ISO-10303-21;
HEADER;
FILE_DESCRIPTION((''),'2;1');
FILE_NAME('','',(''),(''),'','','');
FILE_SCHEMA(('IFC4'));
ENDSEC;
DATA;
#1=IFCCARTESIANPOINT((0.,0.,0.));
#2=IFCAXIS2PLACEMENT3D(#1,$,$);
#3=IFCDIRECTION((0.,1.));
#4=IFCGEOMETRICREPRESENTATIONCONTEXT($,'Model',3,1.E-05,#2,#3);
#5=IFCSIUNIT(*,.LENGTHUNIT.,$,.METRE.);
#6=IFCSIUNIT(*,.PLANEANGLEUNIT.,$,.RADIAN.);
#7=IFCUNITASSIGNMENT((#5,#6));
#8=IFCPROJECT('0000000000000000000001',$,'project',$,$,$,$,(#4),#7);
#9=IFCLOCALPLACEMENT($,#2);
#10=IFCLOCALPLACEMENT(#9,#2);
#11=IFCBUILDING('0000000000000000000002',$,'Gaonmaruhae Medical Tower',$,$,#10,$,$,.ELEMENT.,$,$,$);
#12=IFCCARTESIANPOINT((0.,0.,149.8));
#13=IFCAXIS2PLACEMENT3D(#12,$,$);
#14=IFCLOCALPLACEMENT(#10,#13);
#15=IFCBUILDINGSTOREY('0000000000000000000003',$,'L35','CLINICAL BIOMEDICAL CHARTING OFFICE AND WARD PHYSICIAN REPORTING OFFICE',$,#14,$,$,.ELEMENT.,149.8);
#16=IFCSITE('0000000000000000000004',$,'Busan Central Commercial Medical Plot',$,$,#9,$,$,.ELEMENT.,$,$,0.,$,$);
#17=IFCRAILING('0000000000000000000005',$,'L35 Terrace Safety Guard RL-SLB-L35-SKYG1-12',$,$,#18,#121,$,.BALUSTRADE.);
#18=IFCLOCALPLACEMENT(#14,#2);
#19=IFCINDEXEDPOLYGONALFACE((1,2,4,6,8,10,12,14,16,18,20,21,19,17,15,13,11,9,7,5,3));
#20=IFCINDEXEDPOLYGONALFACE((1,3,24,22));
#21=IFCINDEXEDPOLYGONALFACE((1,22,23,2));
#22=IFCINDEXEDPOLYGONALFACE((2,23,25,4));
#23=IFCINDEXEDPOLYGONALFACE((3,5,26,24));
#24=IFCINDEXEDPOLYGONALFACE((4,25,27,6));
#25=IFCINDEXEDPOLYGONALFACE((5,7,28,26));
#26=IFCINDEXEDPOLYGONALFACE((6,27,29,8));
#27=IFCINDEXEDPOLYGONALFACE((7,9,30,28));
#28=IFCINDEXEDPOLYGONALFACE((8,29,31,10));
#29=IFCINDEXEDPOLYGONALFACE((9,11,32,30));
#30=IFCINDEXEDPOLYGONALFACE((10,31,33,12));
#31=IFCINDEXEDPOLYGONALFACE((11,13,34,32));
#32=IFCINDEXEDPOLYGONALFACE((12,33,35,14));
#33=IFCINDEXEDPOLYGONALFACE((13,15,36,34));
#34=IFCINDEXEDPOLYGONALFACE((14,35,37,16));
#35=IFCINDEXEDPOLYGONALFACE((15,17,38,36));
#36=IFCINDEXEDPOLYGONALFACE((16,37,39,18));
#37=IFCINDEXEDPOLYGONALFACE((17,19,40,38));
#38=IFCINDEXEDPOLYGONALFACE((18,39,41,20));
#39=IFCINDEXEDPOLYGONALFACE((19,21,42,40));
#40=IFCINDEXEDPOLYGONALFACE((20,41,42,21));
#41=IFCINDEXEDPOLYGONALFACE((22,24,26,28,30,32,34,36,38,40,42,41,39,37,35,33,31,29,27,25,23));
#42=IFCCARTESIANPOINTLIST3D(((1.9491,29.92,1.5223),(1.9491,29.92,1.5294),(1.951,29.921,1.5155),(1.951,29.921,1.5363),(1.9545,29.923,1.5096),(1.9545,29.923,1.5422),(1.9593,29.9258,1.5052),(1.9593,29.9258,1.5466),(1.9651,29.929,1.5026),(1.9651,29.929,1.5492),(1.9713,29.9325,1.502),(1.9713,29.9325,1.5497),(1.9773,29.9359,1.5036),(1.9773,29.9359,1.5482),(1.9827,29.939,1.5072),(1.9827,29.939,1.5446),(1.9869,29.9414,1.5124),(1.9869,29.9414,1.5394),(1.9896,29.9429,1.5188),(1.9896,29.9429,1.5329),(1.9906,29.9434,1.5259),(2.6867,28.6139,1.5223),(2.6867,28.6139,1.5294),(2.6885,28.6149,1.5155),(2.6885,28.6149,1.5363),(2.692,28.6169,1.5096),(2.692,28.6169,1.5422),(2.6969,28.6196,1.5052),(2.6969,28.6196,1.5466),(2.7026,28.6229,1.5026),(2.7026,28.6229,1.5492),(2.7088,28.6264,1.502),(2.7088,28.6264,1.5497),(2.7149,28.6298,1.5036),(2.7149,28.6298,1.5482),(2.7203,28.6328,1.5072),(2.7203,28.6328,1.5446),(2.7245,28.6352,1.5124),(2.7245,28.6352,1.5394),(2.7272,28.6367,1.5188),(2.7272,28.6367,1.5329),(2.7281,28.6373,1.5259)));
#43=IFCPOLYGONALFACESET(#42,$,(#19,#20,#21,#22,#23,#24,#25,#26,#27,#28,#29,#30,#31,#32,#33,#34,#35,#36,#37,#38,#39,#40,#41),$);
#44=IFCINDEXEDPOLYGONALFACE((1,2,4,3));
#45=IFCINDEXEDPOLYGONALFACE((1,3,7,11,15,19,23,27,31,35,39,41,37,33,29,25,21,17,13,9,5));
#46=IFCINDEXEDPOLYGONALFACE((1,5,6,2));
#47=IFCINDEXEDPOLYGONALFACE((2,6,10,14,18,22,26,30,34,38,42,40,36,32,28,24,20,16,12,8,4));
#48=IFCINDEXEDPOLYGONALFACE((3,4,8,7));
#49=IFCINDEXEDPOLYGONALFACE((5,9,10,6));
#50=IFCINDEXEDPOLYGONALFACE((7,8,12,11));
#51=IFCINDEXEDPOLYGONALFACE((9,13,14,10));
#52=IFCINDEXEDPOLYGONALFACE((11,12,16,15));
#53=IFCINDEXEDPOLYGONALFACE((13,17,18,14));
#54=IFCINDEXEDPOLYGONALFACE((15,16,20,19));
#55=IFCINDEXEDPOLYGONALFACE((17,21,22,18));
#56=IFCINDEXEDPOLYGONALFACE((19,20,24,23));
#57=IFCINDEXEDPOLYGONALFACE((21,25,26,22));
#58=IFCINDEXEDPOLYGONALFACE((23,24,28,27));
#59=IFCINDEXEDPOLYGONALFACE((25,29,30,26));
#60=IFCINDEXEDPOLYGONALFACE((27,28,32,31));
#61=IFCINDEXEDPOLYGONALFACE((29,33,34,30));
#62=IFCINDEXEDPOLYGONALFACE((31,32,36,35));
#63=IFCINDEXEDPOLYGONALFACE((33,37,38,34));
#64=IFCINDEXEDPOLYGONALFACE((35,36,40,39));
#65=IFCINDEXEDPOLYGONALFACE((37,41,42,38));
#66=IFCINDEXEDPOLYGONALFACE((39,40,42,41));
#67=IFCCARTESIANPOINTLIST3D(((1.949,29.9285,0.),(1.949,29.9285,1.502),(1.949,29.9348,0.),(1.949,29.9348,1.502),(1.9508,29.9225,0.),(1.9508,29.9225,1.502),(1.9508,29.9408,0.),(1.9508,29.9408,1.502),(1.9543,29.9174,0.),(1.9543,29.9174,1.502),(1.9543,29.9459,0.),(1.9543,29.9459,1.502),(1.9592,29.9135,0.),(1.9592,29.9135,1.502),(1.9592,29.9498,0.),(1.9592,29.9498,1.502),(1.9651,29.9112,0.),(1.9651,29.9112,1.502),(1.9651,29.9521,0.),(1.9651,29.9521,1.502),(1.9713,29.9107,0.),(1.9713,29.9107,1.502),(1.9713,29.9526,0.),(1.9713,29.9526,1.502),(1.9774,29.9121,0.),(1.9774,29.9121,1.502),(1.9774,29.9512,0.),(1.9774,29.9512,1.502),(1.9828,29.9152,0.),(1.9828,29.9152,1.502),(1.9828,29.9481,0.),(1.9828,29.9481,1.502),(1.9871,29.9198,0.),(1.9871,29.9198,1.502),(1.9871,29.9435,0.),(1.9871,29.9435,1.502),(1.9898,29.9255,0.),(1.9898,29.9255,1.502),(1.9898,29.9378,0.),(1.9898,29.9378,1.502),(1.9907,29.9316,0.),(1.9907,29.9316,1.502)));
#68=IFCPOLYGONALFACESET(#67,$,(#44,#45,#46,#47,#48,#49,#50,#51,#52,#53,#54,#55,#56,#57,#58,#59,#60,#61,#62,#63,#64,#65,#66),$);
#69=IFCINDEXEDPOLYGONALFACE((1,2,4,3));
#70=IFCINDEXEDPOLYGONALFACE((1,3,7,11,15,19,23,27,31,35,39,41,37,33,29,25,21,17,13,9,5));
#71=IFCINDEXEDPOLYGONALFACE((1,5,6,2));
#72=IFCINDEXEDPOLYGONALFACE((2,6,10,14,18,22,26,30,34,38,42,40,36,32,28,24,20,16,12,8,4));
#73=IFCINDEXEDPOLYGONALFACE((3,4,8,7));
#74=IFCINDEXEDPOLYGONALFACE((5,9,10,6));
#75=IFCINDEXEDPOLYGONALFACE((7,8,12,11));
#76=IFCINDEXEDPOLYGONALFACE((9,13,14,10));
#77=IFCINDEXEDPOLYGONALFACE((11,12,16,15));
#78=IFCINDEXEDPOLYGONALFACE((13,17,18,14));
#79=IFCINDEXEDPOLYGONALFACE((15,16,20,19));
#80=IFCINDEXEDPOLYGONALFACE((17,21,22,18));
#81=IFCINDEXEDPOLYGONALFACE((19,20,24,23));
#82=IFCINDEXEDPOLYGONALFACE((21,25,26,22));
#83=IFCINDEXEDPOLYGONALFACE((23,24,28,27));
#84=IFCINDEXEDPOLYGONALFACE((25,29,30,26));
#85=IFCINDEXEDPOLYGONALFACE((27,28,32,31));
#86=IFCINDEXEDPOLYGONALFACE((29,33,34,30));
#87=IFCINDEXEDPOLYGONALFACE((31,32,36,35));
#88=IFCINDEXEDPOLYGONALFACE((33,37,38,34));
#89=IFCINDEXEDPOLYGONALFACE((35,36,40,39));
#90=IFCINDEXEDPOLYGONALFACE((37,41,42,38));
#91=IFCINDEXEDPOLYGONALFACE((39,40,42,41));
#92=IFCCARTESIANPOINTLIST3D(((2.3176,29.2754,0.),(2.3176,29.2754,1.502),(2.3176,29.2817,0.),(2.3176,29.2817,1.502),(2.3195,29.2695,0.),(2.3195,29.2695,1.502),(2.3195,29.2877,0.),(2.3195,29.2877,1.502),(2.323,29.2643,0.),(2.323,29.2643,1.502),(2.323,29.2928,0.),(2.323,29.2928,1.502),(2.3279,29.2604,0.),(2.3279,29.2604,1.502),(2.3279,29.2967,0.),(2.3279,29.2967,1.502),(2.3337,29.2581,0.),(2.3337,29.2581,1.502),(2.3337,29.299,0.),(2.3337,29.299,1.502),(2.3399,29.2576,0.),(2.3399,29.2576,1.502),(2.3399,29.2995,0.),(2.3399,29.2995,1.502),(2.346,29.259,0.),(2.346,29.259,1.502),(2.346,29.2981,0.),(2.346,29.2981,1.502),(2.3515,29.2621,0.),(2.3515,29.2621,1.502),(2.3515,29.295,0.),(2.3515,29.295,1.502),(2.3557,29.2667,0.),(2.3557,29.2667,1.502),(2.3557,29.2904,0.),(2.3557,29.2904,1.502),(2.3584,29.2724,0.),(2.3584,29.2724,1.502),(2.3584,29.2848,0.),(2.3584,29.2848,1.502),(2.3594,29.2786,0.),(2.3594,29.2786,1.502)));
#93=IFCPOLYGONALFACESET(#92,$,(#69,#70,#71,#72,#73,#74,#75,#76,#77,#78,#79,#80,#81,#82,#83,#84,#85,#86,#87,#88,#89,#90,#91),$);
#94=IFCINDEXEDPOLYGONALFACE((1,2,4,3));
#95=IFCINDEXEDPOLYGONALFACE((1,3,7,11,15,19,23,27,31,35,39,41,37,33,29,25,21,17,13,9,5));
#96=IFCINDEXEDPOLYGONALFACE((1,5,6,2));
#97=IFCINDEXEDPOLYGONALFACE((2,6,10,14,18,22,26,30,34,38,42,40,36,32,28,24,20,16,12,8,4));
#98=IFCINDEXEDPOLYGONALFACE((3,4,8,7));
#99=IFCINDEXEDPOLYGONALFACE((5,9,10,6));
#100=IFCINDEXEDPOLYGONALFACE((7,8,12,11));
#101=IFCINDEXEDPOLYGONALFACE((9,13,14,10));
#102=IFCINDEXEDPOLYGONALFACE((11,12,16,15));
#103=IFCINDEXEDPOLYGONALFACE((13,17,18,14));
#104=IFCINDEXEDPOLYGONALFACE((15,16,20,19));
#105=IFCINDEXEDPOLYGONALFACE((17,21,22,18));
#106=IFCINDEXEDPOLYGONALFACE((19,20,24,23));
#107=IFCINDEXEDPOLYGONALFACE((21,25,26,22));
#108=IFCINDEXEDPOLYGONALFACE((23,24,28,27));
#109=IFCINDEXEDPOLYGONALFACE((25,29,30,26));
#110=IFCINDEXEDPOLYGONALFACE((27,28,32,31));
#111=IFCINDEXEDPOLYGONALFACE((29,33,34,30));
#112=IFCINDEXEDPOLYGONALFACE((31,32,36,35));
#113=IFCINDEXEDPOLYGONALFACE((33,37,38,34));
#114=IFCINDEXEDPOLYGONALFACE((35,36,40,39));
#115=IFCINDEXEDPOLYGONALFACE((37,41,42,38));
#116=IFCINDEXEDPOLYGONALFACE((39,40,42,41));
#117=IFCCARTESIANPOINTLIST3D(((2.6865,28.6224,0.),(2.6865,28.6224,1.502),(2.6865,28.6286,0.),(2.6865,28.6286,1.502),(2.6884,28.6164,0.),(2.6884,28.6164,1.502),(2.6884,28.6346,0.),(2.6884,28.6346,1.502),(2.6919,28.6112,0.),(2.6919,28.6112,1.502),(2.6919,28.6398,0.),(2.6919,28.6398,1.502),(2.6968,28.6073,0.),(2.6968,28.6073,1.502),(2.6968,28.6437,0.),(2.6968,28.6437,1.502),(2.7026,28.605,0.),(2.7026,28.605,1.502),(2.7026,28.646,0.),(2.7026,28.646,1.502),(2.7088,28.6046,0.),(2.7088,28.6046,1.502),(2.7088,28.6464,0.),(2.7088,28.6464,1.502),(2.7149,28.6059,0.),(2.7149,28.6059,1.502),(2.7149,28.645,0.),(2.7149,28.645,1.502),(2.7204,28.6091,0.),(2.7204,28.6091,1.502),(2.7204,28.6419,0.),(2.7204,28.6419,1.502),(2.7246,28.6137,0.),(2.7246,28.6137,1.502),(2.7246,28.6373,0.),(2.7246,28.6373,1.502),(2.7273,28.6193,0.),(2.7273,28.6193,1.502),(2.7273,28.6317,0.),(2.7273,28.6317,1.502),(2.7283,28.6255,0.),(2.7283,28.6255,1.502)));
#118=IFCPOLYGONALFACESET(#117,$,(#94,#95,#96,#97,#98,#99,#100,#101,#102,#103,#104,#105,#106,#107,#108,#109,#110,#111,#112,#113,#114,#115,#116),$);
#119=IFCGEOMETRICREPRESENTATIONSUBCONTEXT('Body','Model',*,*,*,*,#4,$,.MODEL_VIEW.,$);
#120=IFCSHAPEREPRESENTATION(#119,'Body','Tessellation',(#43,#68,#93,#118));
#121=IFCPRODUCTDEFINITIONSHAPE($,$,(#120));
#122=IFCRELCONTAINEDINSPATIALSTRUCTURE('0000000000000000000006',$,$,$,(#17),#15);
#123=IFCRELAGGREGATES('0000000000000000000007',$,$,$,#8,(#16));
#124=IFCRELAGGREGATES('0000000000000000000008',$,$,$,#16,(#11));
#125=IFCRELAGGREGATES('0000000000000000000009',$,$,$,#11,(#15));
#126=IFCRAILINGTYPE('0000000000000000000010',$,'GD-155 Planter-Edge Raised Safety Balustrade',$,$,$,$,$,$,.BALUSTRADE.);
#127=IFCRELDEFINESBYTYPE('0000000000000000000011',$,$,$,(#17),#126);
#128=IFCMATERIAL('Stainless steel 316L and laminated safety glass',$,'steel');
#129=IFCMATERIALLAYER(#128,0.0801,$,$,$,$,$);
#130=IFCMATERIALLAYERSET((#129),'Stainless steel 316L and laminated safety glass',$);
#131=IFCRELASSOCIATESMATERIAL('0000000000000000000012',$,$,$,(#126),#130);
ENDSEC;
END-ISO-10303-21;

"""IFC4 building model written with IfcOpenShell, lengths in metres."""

from ifc_helpers import new_model, si_unit, direction, frame, origin, origin_2d, place, context, subcontext, project, spatial, circle, extrude, material, layer, layer_set, type_object, element, save


model = new_model("IFC4")

# Units and contexts
model_context = context("Model", 3, precision=1e-05, world=origin(), true_north=direction((0.0, 1.0)))
body_context = subcontext(model_context, "Body", "Model", "MODEL_VIEW")
ifc_project = project(units=[si_unit("LENGTHUNIT", "METRE"), si_unit("PLANEANGLEUNIT", "RADIAN")], contexts=[model_context])

# Site, building, storey
site_placement = place(None, origin())
site = spatial("IfcSite", under=ifc_project, at=site_placement, Name="Busan Central Commercial Medical Plot", CompositionType="ELEMENT", RefElevation=0.0)
building_placement = place(site_placement, origin())
building = spatial("IfcBuilding", under=site, at=building_placement, Name="Gaonmaruhae Medical Tower", CompositionType="ELEMENT")
storey_placement = place(building_placement, frame((0.0, 0.0, 149.8)))
storey = spatial("IfcBuildingStorey", under=building, at=storey_placement, Name="L35", Description="CLINICAL BIOMEDICAL CHARTING OFFICE AND WARD PHYSICIAN REPORTING OFFICE", CompositionType="ELEMENT", Elevation=149.8)

# Railing
ifc_material_1 = material(Name="Stainless steel 316L and laminated safety glass", Category="steel")
ifc_layer_1 = layer(ifc_material_1, 0.0801)
ifc_layer_set_1 = layer_set([ifc_layer_1], Name="Stainless steel 316L and laminated safety glass")
railing_type = type_object("IfcRailingType", Name="GD-155 Planter-Edge Raised Safety Balustrade", PredefinedType="BALUSTRADE", material=ifc_layer_set_1)
railing_1_placement = place(storey_placement, frame((1.9697, 29.9316, 0.0)))
element("IfcRailing", 1, at=railing_1_placement, inside=storey, type_object=railing_type, Name="L35 Terrace Safety Guard RL-SLB-L35-SKYG1-12", PredefinedType="BALUSTRADE", context=body_context, shape_type="SweptSolid", body=[
    extrude(circle(Radius=0.0239, at=origin_2d()), frame((0.0, 0.0, 1.5259), z_axis=(0.491698, -0.870766, 0.0), x_axis=(0.870766, 0.491698, 0.0)), (0.0, 0.0, 1.0), 1.5),
    extrude(circle(Radius=0.021, at=origin_2d()), origin(), (0.0, 0.0, 1.0), 1.502),
    extrude(circle(Radius=0.021, at=origin_2d()), frame((0.3687, -0.6531, 0.0)), (0.0, 0.0, 1.0), 1.502),
    extrude(circle(Radius=0.021, at=origin_2d()), frame((0.7375, -1.3062, 0.0)), (0.0, 0.0, 1.0), 1.502),
])

save(model, "model.ifc")
